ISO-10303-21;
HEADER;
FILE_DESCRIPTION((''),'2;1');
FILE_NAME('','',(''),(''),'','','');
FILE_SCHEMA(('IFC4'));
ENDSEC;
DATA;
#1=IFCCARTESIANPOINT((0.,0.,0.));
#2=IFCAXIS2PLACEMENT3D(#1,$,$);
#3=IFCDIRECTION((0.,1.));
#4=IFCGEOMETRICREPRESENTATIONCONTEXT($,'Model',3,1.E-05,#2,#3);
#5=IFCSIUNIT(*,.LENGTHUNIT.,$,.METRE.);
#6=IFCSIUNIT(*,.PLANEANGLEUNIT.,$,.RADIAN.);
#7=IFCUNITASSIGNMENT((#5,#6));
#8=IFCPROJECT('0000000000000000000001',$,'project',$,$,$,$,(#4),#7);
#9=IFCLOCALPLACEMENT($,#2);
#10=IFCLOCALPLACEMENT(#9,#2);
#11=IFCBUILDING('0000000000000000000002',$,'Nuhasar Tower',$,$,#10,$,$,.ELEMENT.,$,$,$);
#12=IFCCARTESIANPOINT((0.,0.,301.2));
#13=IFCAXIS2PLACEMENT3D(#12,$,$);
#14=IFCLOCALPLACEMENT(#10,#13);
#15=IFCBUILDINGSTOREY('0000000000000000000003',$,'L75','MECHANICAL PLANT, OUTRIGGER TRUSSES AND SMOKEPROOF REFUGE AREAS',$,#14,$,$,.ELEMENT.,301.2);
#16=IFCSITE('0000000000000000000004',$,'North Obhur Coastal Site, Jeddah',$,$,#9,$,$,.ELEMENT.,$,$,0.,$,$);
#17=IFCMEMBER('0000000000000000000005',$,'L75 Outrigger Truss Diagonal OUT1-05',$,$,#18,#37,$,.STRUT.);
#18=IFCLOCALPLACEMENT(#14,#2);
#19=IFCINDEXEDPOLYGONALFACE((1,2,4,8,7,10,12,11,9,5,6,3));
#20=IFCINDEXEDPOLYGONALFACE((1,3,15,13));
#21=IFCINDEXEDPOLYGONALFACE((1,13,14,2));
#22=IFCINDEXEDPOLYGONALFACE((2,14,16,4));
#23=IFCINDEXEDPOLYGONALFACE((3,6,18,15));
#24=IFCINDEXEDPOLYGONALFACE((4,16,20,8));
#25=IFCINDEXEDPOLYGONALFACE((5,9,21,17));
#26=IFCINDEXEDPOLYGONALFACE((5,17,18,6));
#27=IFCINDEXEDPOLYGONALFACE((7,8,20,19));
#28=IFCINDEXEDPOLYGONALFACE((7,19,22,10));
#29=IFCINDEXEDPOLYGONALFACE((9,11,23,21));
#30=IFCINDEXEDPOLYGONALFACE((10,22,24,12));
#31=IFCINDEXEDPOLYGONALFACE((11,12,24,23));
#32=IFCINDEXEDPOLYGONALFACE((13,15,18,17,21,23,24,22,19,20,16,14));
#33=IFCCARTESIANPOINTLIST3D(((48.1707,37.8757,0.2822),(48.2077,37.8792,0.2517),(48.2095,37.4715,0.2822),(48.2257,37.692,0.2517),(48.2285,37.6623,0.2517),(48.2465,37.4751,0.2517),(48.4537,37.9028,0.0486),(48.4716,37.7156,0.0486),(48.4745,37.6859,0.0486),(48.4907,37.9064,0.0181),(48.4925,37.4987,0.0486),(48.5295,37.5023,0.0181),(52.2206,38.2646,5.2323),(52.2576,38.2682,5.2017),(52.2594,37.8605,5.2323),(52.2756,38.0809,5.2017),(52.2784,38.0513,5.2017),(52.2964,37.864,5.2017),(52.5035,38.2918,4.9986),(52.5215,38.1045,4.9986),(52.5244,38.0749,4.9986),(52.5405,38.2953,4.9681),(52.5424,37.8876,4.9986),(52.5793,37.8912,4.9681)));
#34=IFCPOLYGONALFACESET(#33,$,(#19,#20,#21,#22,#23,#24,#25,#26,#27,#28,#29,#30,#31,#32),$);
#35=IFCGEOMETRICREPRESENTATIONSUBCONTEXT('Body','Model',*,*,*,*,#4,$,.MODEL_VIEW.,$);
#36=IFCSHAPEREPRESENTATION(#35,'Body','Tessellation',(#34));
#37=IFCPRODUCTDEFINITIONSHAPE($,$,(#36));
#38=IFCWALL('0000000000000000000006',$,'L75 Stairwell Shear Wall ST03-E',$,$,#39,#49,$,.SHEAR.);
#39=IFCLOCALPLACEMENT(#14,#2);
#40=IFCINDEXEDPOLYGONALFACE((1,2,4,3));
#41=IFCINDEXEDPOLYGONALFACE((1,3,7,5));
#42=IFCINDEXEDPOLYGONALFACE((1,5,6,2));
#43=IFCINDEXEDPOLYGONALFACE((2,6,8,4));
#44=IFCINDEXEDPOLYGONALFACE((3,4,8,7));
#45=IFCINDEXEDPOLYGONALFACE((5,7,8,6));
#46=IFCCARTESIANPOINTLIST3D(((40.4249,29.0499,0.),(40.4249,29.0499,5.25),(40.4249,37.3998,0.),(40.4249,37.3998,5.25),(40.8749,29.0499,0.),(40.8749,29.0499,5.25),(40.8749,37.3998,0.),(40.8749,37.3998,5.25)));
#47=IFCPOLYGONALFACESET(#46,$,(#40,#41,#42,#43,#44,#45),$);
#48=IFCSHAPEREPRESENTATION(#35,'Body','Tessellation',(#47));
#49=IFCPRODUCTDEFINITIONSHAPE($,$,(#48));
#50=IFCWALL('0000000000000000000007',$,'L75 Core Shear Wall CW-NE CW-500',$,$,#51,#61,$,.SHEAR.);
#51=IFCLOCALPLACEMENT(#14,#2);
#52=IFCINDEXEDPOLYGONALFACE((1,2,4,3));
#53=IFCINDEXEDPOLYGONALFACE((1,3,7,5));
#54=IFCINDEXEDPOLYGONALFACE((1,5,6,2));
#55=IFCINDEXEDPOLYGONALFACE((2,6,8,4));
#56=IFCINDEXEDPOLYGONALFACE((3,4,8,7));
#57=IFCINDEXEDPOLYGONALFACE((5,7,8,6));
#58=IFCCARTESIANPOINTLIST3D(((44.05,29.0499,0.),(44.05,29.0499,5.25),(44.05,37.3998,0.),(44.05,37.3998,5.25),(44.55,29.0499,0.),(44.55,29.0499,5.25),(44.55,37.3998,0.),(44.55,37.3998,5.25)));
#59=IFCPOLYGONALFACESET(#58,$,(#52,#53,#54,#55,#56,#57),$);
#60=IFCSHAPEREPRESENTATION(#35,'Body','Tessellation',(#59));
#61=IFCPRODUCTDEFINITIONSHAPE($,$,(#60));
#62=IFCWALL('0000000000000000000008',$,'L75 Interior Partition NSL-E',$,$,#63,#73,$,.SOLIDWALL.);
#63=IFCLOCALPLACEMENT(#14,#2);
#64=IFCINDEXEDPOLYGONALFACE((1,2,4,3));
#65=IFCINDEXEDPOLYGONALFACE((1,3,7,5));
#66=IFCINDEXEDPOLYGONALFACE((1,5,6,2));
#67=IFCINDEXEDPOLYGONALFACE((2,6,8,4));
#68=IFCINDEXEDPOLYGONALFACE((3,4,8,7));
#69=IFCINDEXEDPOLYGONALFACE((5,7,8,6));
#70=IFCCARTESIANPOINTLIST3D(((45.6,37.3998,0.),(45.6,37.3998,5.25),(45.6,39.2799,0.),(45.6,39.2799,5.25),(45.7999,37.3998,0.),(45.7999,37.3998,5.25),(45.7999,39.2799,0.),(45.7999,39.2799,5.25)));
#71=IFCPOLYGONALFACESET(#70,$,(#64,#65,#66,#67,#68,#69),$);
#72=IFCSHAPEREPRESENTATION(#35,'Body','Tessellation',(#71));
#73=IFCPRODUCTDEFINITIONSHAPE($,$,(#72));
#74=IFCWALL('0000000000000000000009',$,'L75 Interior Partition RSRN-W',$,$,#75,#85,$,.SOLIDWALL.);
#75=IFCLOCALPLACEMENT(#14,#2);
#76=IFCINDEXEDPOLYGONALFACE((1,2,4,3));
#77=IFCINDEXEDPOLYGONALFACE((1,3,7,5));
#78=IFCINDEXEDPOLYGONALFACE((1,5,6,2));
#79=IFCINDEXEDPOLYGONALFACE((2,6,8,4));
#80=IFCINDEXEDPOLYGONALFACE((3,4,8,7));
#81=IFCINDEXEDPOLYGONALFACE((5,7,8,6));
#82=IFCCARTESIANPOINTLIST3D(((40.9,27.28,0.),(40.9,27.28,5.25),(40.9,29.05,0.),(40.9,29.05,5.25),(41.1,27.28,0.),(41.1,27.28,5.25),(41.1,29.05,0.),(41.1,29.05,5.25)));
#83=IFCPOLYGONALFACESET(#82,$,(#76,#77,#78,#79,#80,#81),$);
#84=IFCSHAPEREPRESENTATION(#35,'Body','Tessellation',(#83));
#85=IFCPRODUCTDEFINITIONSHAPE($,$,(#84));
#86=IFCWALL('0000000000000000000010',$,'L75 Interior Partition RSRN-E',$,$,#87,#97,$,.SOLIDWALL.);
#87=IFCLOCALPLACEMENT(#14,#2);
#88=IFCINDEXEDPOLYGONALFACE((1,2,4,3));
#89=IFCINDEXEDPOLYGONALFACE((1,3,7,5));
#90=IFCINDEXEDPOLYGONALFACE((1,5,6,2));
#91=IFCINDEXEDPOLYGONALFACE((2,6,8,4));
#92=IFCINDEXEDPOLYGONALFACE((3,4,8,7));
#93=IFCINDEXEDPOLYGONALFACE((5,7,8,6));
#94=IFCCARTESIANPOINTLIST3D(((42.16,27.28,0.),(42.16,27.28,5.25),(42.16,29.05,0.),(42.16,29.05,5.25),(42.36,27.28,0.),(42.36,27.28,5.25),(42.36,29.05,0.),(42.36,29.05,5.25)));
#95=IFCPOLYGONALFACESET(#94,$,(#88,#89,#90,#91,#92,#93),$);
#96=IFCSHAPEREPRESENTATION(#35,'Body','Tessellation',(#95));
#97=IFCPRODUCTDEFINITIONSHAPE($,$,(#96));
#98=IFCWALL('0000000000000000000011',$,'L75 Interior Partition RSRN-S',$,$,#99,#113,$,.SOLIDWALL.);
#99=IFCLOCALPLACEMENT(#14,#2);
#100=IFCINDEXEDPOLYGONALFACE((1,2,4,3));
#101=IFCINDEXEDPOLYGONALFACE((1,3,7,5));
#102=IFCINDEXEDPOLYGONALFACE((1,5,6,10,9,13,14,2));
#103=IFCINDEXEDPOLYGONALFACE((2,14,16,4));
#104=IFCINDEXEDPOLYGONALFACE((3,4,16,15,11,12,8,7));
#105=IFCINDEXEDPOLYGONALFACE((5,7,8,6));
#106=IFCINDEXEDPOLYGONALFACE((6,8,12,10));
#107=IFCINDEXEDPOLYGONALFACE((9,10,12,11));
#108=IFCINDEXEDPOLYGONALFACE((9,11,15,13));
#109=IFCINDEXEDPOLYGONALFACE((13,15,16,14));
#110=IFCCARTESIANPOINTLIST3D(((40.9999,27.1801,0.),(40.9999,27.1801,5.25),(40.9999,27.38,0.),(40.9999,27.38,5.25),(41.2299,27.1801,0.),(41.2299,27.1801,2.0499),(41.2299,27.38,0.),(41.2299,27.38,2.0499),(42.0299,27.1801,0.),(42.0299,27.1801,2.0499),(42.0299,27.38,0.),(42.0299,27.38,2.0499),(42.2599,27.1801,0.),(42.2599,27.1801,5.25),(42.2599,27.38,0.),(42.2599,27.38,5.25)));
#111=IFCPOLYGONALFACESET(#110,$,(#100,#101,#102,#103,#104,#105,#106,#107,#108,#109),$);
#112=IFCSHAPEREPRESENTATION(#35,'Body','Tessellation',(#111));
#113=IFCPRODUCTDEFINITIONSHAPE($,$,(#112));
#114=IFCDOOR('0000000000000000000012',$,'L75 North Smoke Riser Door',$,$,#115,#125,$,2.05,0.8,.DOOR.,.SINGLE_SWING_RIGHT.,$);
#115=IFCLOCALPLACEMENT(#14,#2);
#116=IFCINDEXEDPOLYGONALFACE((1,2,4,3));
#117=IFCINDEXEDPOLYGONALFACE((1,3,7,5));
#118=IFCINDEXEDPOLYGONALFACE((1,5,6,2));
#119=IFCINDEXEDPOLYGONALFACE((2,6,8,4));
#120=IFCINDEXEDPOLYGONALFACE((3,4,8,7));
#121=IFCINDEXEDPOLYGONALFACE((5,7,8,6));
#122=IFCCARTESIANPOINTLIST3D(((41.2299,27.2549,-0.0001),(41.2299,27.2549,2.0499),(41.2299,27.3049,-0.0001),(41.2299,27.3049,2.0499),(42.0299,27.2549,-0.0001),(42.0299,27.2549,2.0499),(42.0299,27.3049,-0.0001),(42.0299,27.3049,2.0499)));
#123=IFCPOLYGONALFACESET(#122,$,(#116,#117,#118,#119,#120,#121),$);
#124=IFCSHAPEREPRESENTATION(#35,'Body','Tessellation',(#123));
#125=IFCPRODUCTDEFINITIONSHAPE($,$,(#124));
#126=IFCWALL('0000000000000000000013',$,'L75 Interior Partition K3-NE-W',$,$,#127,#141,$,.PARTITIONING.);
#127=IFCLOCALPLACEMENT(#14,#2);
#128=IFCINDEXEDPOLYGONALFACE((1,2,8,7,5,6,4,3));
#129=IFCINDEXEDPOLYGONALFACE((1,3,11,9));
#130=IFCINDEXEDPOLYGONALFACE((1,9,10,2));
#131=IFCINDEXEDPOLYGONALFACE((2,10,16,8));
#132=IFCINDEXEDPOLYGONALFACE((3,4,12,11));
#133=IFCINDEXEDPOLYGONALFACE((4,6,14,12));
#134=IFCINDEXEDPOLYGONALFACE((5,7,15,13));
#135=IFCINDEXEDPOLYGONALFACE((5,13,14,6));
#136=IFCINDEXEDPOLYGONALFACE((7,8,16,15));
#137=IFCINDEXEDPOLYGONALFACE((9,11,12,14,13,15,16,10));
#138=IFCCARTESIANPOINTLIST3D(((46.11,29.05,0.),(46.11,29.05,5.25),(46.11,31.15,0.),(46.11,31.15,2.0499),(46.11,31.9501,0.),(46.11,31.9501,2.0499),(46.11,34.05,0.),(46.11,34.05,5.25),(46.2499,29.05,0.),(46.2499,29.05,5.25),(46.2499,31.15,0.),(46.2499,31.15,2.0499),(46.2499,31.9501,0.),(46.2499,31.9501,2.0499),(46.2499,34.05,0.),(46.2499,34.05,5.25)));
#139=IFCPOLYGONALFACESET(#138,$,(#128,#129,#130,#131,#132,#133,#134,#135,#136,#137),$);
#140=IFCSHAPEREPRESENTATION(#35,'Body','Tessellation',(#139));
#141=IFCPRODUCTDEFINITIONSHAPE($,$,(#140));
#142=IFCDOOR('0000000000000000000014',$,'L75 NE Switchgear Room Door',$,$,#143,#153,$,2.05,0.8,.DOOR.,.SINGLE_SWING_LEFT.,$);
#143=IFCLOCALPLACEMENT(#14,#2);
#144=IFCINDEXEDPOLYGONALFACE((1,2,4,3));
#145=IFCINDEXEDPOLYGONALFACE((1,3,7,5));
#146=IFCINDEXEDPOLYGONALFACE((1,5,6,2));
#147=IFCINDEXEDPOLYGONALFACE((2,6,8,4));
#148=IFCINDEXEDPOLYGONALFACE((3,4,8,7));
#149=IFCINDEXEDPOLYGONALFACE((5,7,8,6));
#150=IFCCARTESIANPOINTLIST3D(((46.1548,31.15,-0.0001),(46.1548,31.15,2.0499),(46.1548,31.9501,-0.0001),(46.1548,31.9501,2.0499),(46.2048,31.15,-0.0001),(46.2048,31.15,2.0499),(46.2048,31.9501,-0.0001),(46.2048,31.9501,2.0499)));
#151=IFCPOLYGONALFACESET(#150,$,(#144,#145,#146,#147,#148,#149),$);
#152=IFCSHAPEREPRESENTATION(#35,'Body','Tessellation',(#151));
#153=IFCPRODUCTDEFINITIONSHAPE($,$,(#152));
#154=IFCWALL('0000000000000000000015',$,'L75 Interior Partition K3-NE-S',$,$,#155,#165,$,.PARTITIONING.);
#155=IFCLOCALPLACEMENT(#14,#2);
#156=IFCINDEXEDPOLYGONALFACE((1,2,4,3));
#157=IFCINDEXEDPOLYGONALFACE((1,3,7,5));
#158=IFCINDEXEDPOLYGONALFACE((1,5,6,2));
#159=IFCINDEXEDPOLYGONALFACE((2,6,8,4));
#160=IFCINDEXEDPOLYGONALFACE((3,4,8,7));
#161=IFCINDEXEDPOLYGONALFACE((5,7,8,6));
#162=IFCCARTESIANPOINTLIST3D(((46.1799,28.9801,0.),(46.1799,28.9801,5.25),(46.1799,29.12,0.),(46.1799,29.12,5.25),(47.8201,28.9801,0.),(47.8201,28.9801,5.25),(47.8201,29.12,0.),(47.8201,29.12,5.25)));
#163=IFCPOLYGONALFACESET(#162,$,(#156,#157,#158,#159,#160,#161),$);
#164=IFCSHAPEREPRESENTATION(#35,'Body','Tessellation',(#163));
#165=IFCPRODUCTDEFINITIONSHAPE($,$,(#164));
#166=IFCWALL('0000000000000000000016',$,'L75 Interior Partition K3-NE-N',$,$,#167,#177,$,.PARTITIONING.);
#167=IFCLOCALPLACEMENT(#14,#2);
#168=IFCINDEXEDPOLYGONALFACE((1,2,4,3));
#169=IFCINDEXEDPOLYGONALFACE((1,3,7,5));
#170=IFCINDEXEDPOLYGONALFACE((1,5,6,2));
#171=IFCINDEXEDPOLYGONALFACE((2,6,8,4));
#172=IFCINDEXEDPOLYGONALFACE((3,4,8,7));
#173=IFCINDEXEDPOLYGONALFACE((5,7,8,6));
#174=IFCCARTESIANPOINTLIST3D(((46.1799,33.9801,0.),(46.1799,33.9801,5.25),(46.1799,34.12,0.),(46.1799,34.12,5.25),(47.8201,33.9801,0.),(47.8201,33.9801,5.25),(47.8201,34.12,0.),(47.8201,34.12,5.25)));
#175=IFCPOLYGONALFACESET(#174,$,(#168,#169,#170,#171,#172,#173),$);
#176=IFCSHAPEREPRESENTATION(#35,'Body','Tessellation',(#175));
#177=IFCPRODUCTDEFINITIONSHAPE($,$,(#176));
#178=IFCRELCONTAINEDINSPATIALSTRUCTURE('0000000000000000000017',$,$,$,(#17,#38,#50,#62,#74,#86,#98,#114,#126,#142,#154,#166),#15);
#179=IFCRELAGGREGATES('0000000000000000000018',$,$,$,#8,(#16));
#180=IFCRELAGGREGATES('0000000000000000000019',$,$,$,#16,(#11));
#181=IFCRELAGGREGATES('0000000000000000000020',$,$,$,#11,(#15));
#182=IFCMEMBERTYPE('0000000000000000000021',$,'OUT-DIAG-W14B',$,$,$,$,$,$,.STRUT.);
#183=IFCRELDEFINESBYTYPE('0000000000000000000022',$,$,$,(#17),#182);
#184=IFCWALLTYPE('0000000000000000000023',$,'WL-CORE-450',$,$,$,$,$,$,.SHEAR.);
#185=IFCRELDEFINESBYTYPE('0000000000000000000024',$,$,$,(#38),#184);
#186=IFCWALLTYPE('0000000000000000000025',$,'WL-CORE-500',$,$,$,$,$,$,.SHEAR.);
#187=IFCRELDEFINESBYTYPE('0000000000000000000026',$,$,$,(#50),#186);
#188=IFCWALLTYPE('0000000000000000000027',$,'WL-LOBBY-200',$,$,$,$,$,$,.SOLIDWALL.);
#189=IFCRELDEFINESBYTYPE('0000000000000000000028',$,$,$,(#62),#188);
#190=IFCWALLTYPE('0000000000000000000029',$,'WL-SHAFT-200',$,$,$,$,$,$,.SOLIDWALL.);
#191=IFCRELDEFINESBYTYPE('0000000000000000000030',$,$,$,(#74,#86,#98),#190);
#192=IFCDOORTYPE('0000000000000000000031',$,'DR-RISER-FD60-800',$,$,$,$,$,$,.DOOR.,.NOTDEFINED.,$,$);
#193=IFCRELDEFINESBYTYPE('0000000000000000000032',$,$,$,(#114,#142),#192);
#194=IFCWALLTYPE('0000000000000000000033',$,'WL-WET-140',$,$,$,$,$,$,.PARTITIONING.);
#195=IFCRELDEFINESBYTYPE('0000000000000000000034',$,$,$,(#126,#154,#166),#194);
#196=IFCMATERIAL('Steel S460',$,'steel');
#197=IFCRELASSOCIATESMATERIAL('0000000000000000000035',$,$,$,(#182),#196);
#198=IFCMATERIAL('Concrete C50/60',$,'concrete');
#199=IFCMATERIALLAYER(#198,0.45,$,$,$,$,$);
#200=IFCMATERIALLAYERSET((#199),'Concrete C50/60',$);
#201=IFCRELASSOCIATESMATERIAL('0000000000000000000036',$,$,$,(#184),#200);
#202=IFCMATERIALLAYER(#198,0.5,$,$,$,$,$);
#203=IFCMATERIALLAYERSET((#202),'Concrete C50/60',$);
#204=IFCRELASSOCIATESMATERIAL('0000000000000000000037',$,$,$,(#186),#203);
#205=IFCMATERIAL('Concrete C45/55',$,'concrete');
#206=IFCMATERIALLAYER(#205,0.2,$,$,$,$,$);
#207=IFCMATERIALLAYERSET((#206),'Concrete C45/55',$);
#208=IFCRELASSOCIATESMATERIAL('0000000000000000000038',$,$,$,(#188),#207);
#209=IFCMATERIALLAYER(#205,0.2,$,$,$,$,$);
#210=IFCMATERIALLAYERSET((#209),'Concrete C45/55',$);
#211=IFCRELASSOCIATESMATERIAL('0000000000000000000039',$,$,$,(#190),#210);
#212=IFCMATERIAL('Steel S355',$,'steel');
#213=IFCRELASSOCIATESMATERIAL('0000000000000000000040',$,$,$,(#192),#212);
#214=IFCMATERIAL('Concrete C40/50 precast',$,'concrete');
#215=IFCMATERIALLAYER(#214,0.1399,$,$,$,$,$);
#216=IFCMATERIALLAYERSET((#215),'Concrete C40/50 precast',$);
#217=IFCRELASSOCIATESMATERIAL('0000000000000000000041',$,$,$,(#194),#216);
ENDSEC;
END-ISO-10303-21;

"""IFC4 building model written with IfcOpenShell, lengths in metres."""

from ifc_helpers import new_model, si_unit, direction, frame, frame_2d, origin, origin_2d, place, context, subcontext, project, spatial, rectangle, i_section, extrude, material, layer, layer_set, material_profile, profile_set, type_object, element, fill, save


model = new_model("IFC4")

# Units and contexts
model_context = context("Model", 3, precision=1e-05, world=origin(), true_north=direction((0.0, 1.0)))
body_context = subcontext(model_context, "Body", "Model", "MODEL_VIEW")
ifc_project = project(units=[si_unit("LENGTHUNIT", "METRE"), si_unit("PLANEANGLEUNIT", "RADIAN")], contexts=[model_context])

# Site, building, storey
site_placement = place(None, origin())
site = spatial("IfcSite", under=ifc_project, at=site_placement, Name="North Obhur Coastal Site, Jeddah", CompositionType="ELEMENT", RefElevation=0.0)
building_placement = place(site_placement, origin())
building = spatial("IfcBuilding", under=site, at=building_placement, Name="Nuhasar Tower", CompositionType="ELEMENT")
storey_placement = place(building_placement, frame((0.0, 0.0, 301.2)))
storey = spatial("IfcBuildingStorey", under=building, at=storey_placement, Name="L75", Description="MECHANICAL PLANT, OUTRIGGER TRUSSES AND SMOKEPROOF REFUGE AREAS", CompositionType="ELEMENT", Elevation=301.2)

# Shared definitions
ifc_material_1 = material(Name="Concrete C50/60", Category="concrete")

# Shared definitions
ifc_material_2 = material(Name="Steel S355", Category="steel")

# Member
ifc_material_3 = material(Name="Steel S460", Category="steel")
ifc_material_profile_1 = material_profile(ifc_material_3, i_section(OverallWidth=0.406, OverallDepth=0.416, WebThickness=0.0298, FlangeThickness=0.0481, at=origin_2d()), Name="W14X257")
ifc_profile_set_1 = profile_set([ifc_material_profile_1], Name="Steel S460")
member_type_1 = type_object("IfcMemberType", Name="OUT-DIAG-W14B", PredefinedType="STRUT", material=ifc_profile_set_1)
for number, where, z_axis, x_axis, name in (
    (1, (48.3501, 37.689, 0.1501), (0.632056, 0.060698, 0.772542), (-0.095593, 0.99542, 0.0), "L75 Outrigger Truss Diagonal OUT1-05"),
):
    element("IfcMember", number, at=place(storey_placement, frame(where, z_axis=z_axis, x_axis=x_axis)), inside=storey, type_object=member_type_1, Name=name, PredefinedType="STRUT", context=body_context, shape_type="SweptSolid", body=[
        extrude(i_section(OverallWidth=0.406, OverallDepth=0.416, WebThickness=0.0298, FlangeThickness=0.0481, at=origin_2d()), origin(), (0.0, 0.0, 1.0), 6.4075),
    ])

# Shared definitions
ifc_layer_1 = layer(ifc_material_1, 0.45)
ifc_layer_set_1 = layer_set([ifc_layer_1], Name="Concrete C50/60")
wall_type_1 = type_object("IfcWallType", Name="WL-CORE-450", PredefinedType="SHEAR", material=ifc_layer_set_1)

# Wall
wall_1_placement = place(storey_placement, frame((40.6499, 29.05, 0.0), z_axis=(0.0, 0.0, 1.0), x_axis=(0.0, 1.0, 0.0)))
element("IfcWall", 2, at=wall_1_placement, inside=storey, type_object=wall_type_1, Name="L75 Stairwell Shear Wall ST03-E", PredefinedType="SHEAR", context=body_context, shape_type="SweptSolid", body=[
    extrude(rectangle(XDim=8.3499, YDim=0.45, at=frame_2d((4.1748, 0.0))), origin(), (0.0, 0.0, 1.0), 5.25),
])

# Walls
ifc_layer_2 = layer(ifc_material_1, 0.5)
ifc_layer_set_2 = layer_set([ifc_layer_2], Name="Concrete C50/60")
wall_type_2 = type_object("IfcWallType", Name="WL-CORE-500", PredefinedType="SHEAR", material=ifc_layer_set_2)
wall_2_placement = place(storey_placement, frame((44.3, 29.05, 0.0), z_axis=(0.0, 0.0, 1.0), x_axis=(0.0, 1.0, 0.0)))
element("IfcWall", 3, at=wall_2_placement, inside=storey, type_object=wall_type_2, Name="L75 Core Shear Wall CW-NE CW-500", PredefinedType="SHEAR", context=body_context, shape_type="SweptSolid", body=[
    extrude(rectangle(XDim=8.3499, YDim=0.5, at=frame_2d((4.1748, 0.0))), origin(), (0.0, 0.0, 1.0), 5.25),
])
ifc_material_4 = material(Name="Concrete C45/55", Category="concrete")
ifc_layer_3 = layer(ifc_material_4, 0.2)
ifc_layer_set_3 = layer_set([ifc_layer_3], Name="Concrete C45/55")
wall_type_3 = type_object("IfcWallType", Name="WL-LOBBY-200", PredefinedType="SOLIDWALL", material=ifc_layer_set_3)
wall_3_placement = place(storey_placement, frame((45.7, 37.3999, 0.0), z_axis=(0.0, 0.0, 1.0), x_axis=(0.0, 1.0, 0.0)))
element("IfcWall", 4, at=wall_3_placement, inside=storey, type_object=wall_type_3, Name="L75 Interior Partition NSL-E", PredefinedType="SOLIDWALL", context=body_context, shape_type="SweptSolid", body=[
    extrude(rectangle(XDim=1.8801, YDim=0.2, at=frame_2d((0.9399, 0.0))), origin(), (0.0, 0.0, 1.0), 5.25),
])
ifc_layer_4 = layer(ifc_material_4, 0.2)
ifc_layer_set_4 = layer_set([ifc_layer_4], Name="Concrete C45/55")
wall_type_4 = type_object("IfcWallType", Name="WL-SHAFT-200", PredefinedType="SOLIDWALL", material=ifc_layer_set_4)
for number, where, z_axis, x_axis, name in (
    (5, (41.0, 27.28, 0.0), (0.0, 0.0, 1.0), (0.0, 1.0, 0.0), "L75 Interior Partition RSRN-W"),
    (6, (42.26, 27.28, 0.0), (0.0, 0.0, 1.0), (0.0, 1.0, 0.0), "L75 Interior Partition RSRN-E"),
):
    element("IfcWall", number, at=place(storey_placement, frame(where, z_axis=z_axis, x_axis=x_axis)), inside=storey, type_object=wall_type_4, Name=name, PredefinedType="SOLIDWALL", context=body_context, shape_type="SweptSolid", body=[
        extrude(rectangle(XDim=1.77, YDim=0.2, at=frame_2d((0.885, 0.0))), origin(), (0.0, 0.0, 1.0), 5.25),
    ])

# Walls, openings, doors
wall_4_placement = place(storey_placement, frame((41.0, 27.28, 0.0), z_axis=(0.0, 0.0, 1.0), x_axis=(1.0, 0.0, 0.0)))
wall_4 = element("IfcWall", 7, at=wall_4_placement, inside=storey, type_object=wall_type_4, Name="L75 Interior Partition RSRN-S", PredefinedType="SOLIDWALL", context=body_context, shape_type="SweptSolid", body=[
    extrude(rectangle(XDim=1.26, YDim=0.2, at=frame_2d((0.6299, 0.0))), origin(), (0.0, 0.0, 1.0), 5.25),
])
opening_1_placement = place(wall_4_placement, frame((0.23, 0.0, 0.0)))
opening_1 = element("IfcOpeningElement", 8, at=opening_1_placement, cuts=wall_4, PredefinedType="OPENING", context=body_context, shape_type="SweptSolid", body=[
    extrude(rectangle(XDim=0.8, YDim=2.05, at=frame_2d((0.3999, 1.0249))), frame((0.0, 0.1099, 0.0), z_axis=(0.0, -1.0, 0.0), x_axis=(1.0, 0.0, 0.0)), (0.0, 0.0, 1.0), 0.22),
])
door_type_1 = type_object("IfcDoorType", Name="DR-RISER-FD60-800", OperationType="NOTDEFINED", PredefinedType="DOOR", material=ifc_material_2)
door_1_placement = place(opening_1_placement, origin())
door_1 = element("IfcDoor", 9, at=door_1_placement, inside=storey, type_object=door_type_1, Name="L75 North Smoke Riser Door", OperationType="SINGLE_SWING_RIGHT", OverallHeight=2.05, OverallWidth=0.8, PredefinedType="DOOR", context=body_context, shape_type="SweptSolid", body=[
    extrude(rectangle(XDim=0.8, YDim=2.05, at=frame_2d((0.3999, 1.0249))), frame((0.0, 0.0249, 0.0), z_axis=(0.0, -1.0, 0.0), x_axis=(1.0, 0.0, 0.0)), (0.0, 0.0, 1.0), 0.05),
])
fill(opening_1, door_1)
ifc_material_5 = material(Name="Concrete C40/50 precast", Category="concrete")
ifc_layer_5 = layer(ifc_material_5, 0.1399)
ifc_layer_set_5 = layer_set([ifc_layer_5], Name="Concrete C40/50 precast")
wall_type_5 = type_object("IfcWallType", Name="WL-WET-140", PredefinedType="PARTITIONING", material=ifc_layer_set_5)
wall_5_placement = place(storey_placement, frame((46.1799, 34.05, 0.0), z_axis=(0.0, 0.0, 1.0), x_axis=(0.0, -1.0, 0.0)))
wall_5 = element("IfcWall", 10, at=wall_5_placement, inside=storey, type_object=wall_type_5, Name="L75 Interior Partition K3-NE-W", PredefinedType="PARTITIONING", context=body_context, shape_type="SweptSolid", body=[
    extrude(rectangle(XDim=5.0, YDim=0.1399, at=frame_2d((2.5, 0.0))), origin(), (0.0, 0.0, 1.0), 5.25),
])
opening_2_placement = place(wall_5_placement, frame((2.1001, 0.0, 0.0)))
opening_2 = element("IfcOpeningElement", 11, at=opening_2_placement, cuts=wall_5, PredefinedType="OPENING", context=body_context, shape_type="SweptSolid", body=[
    extrude(rectangle(XDim=0.8, YDim=2.05, at=frame_2d((0.3999, 1.0249))), frame((0.0, 0.0801, 0.0), z_axis=(0.0, -1.0, 0.0), x_axis=(1.0, 0.0, 0.0)), (0.0, 0.0, 1.0), 0.1599),
])
door_2_placement = place(opening_2_placement, origin())
door_2 = element("IfcDoor", 12, at=door_2_placement, inside=storey, type_object=door_type_1, Name="L75 NE Switchgear Room Door", OperationType="SINGLE_SWING_LEFT", OverallHeight=2.05, OverallWidth=0.8, PredefinedType="DOOR", context=body_context, shape_type="SweptSolid", body=[
    extrude(rectangle(XDim=0.8, YDim=2.05, at=frame_2d((0.3999, 1.0249))), frame((0.0, 0.0249, 0.0), z_axis=(0.0, -1.0, 0.0), x_axis=(1.0, 0.0, 0.0)), (0.0, 0.0, 1.0), 0.05),
])
fill(opening_2, door_2)

# Walls
for number, where, z_axis, x_axis, name in (
    (13, (46.1799, 29.05, 0.0), (0.0, 0.0, 1.0), (1.0, 0.0, 0.0), "L75 Interior Partition K3-NE-S"),
    (14, (46.1799, 34.05, 0.0), (0.0, 0.0, 1.0), (1.0, 0.0, 0.0), "L75 Interior Partition K3-NE-N"),
):
    element("IfcWall", number, at=place(storey_placement, frame(where, z_axis=z_axis, x_axis=x_axis)), inside=storey, type_object=wall_type_5, Name=name, PredefinedType="PARTITIONING", context=body_context, shape_type="SweptSolid", body=[
        extrude(rectangle(XDim=1.6401, YDim=0.1399, at=frame_2d((0.8201, 0.0))), origin(), (0.0, 0.0, 1.0), 5.25),
    ])

save(model, "model.ifc")
